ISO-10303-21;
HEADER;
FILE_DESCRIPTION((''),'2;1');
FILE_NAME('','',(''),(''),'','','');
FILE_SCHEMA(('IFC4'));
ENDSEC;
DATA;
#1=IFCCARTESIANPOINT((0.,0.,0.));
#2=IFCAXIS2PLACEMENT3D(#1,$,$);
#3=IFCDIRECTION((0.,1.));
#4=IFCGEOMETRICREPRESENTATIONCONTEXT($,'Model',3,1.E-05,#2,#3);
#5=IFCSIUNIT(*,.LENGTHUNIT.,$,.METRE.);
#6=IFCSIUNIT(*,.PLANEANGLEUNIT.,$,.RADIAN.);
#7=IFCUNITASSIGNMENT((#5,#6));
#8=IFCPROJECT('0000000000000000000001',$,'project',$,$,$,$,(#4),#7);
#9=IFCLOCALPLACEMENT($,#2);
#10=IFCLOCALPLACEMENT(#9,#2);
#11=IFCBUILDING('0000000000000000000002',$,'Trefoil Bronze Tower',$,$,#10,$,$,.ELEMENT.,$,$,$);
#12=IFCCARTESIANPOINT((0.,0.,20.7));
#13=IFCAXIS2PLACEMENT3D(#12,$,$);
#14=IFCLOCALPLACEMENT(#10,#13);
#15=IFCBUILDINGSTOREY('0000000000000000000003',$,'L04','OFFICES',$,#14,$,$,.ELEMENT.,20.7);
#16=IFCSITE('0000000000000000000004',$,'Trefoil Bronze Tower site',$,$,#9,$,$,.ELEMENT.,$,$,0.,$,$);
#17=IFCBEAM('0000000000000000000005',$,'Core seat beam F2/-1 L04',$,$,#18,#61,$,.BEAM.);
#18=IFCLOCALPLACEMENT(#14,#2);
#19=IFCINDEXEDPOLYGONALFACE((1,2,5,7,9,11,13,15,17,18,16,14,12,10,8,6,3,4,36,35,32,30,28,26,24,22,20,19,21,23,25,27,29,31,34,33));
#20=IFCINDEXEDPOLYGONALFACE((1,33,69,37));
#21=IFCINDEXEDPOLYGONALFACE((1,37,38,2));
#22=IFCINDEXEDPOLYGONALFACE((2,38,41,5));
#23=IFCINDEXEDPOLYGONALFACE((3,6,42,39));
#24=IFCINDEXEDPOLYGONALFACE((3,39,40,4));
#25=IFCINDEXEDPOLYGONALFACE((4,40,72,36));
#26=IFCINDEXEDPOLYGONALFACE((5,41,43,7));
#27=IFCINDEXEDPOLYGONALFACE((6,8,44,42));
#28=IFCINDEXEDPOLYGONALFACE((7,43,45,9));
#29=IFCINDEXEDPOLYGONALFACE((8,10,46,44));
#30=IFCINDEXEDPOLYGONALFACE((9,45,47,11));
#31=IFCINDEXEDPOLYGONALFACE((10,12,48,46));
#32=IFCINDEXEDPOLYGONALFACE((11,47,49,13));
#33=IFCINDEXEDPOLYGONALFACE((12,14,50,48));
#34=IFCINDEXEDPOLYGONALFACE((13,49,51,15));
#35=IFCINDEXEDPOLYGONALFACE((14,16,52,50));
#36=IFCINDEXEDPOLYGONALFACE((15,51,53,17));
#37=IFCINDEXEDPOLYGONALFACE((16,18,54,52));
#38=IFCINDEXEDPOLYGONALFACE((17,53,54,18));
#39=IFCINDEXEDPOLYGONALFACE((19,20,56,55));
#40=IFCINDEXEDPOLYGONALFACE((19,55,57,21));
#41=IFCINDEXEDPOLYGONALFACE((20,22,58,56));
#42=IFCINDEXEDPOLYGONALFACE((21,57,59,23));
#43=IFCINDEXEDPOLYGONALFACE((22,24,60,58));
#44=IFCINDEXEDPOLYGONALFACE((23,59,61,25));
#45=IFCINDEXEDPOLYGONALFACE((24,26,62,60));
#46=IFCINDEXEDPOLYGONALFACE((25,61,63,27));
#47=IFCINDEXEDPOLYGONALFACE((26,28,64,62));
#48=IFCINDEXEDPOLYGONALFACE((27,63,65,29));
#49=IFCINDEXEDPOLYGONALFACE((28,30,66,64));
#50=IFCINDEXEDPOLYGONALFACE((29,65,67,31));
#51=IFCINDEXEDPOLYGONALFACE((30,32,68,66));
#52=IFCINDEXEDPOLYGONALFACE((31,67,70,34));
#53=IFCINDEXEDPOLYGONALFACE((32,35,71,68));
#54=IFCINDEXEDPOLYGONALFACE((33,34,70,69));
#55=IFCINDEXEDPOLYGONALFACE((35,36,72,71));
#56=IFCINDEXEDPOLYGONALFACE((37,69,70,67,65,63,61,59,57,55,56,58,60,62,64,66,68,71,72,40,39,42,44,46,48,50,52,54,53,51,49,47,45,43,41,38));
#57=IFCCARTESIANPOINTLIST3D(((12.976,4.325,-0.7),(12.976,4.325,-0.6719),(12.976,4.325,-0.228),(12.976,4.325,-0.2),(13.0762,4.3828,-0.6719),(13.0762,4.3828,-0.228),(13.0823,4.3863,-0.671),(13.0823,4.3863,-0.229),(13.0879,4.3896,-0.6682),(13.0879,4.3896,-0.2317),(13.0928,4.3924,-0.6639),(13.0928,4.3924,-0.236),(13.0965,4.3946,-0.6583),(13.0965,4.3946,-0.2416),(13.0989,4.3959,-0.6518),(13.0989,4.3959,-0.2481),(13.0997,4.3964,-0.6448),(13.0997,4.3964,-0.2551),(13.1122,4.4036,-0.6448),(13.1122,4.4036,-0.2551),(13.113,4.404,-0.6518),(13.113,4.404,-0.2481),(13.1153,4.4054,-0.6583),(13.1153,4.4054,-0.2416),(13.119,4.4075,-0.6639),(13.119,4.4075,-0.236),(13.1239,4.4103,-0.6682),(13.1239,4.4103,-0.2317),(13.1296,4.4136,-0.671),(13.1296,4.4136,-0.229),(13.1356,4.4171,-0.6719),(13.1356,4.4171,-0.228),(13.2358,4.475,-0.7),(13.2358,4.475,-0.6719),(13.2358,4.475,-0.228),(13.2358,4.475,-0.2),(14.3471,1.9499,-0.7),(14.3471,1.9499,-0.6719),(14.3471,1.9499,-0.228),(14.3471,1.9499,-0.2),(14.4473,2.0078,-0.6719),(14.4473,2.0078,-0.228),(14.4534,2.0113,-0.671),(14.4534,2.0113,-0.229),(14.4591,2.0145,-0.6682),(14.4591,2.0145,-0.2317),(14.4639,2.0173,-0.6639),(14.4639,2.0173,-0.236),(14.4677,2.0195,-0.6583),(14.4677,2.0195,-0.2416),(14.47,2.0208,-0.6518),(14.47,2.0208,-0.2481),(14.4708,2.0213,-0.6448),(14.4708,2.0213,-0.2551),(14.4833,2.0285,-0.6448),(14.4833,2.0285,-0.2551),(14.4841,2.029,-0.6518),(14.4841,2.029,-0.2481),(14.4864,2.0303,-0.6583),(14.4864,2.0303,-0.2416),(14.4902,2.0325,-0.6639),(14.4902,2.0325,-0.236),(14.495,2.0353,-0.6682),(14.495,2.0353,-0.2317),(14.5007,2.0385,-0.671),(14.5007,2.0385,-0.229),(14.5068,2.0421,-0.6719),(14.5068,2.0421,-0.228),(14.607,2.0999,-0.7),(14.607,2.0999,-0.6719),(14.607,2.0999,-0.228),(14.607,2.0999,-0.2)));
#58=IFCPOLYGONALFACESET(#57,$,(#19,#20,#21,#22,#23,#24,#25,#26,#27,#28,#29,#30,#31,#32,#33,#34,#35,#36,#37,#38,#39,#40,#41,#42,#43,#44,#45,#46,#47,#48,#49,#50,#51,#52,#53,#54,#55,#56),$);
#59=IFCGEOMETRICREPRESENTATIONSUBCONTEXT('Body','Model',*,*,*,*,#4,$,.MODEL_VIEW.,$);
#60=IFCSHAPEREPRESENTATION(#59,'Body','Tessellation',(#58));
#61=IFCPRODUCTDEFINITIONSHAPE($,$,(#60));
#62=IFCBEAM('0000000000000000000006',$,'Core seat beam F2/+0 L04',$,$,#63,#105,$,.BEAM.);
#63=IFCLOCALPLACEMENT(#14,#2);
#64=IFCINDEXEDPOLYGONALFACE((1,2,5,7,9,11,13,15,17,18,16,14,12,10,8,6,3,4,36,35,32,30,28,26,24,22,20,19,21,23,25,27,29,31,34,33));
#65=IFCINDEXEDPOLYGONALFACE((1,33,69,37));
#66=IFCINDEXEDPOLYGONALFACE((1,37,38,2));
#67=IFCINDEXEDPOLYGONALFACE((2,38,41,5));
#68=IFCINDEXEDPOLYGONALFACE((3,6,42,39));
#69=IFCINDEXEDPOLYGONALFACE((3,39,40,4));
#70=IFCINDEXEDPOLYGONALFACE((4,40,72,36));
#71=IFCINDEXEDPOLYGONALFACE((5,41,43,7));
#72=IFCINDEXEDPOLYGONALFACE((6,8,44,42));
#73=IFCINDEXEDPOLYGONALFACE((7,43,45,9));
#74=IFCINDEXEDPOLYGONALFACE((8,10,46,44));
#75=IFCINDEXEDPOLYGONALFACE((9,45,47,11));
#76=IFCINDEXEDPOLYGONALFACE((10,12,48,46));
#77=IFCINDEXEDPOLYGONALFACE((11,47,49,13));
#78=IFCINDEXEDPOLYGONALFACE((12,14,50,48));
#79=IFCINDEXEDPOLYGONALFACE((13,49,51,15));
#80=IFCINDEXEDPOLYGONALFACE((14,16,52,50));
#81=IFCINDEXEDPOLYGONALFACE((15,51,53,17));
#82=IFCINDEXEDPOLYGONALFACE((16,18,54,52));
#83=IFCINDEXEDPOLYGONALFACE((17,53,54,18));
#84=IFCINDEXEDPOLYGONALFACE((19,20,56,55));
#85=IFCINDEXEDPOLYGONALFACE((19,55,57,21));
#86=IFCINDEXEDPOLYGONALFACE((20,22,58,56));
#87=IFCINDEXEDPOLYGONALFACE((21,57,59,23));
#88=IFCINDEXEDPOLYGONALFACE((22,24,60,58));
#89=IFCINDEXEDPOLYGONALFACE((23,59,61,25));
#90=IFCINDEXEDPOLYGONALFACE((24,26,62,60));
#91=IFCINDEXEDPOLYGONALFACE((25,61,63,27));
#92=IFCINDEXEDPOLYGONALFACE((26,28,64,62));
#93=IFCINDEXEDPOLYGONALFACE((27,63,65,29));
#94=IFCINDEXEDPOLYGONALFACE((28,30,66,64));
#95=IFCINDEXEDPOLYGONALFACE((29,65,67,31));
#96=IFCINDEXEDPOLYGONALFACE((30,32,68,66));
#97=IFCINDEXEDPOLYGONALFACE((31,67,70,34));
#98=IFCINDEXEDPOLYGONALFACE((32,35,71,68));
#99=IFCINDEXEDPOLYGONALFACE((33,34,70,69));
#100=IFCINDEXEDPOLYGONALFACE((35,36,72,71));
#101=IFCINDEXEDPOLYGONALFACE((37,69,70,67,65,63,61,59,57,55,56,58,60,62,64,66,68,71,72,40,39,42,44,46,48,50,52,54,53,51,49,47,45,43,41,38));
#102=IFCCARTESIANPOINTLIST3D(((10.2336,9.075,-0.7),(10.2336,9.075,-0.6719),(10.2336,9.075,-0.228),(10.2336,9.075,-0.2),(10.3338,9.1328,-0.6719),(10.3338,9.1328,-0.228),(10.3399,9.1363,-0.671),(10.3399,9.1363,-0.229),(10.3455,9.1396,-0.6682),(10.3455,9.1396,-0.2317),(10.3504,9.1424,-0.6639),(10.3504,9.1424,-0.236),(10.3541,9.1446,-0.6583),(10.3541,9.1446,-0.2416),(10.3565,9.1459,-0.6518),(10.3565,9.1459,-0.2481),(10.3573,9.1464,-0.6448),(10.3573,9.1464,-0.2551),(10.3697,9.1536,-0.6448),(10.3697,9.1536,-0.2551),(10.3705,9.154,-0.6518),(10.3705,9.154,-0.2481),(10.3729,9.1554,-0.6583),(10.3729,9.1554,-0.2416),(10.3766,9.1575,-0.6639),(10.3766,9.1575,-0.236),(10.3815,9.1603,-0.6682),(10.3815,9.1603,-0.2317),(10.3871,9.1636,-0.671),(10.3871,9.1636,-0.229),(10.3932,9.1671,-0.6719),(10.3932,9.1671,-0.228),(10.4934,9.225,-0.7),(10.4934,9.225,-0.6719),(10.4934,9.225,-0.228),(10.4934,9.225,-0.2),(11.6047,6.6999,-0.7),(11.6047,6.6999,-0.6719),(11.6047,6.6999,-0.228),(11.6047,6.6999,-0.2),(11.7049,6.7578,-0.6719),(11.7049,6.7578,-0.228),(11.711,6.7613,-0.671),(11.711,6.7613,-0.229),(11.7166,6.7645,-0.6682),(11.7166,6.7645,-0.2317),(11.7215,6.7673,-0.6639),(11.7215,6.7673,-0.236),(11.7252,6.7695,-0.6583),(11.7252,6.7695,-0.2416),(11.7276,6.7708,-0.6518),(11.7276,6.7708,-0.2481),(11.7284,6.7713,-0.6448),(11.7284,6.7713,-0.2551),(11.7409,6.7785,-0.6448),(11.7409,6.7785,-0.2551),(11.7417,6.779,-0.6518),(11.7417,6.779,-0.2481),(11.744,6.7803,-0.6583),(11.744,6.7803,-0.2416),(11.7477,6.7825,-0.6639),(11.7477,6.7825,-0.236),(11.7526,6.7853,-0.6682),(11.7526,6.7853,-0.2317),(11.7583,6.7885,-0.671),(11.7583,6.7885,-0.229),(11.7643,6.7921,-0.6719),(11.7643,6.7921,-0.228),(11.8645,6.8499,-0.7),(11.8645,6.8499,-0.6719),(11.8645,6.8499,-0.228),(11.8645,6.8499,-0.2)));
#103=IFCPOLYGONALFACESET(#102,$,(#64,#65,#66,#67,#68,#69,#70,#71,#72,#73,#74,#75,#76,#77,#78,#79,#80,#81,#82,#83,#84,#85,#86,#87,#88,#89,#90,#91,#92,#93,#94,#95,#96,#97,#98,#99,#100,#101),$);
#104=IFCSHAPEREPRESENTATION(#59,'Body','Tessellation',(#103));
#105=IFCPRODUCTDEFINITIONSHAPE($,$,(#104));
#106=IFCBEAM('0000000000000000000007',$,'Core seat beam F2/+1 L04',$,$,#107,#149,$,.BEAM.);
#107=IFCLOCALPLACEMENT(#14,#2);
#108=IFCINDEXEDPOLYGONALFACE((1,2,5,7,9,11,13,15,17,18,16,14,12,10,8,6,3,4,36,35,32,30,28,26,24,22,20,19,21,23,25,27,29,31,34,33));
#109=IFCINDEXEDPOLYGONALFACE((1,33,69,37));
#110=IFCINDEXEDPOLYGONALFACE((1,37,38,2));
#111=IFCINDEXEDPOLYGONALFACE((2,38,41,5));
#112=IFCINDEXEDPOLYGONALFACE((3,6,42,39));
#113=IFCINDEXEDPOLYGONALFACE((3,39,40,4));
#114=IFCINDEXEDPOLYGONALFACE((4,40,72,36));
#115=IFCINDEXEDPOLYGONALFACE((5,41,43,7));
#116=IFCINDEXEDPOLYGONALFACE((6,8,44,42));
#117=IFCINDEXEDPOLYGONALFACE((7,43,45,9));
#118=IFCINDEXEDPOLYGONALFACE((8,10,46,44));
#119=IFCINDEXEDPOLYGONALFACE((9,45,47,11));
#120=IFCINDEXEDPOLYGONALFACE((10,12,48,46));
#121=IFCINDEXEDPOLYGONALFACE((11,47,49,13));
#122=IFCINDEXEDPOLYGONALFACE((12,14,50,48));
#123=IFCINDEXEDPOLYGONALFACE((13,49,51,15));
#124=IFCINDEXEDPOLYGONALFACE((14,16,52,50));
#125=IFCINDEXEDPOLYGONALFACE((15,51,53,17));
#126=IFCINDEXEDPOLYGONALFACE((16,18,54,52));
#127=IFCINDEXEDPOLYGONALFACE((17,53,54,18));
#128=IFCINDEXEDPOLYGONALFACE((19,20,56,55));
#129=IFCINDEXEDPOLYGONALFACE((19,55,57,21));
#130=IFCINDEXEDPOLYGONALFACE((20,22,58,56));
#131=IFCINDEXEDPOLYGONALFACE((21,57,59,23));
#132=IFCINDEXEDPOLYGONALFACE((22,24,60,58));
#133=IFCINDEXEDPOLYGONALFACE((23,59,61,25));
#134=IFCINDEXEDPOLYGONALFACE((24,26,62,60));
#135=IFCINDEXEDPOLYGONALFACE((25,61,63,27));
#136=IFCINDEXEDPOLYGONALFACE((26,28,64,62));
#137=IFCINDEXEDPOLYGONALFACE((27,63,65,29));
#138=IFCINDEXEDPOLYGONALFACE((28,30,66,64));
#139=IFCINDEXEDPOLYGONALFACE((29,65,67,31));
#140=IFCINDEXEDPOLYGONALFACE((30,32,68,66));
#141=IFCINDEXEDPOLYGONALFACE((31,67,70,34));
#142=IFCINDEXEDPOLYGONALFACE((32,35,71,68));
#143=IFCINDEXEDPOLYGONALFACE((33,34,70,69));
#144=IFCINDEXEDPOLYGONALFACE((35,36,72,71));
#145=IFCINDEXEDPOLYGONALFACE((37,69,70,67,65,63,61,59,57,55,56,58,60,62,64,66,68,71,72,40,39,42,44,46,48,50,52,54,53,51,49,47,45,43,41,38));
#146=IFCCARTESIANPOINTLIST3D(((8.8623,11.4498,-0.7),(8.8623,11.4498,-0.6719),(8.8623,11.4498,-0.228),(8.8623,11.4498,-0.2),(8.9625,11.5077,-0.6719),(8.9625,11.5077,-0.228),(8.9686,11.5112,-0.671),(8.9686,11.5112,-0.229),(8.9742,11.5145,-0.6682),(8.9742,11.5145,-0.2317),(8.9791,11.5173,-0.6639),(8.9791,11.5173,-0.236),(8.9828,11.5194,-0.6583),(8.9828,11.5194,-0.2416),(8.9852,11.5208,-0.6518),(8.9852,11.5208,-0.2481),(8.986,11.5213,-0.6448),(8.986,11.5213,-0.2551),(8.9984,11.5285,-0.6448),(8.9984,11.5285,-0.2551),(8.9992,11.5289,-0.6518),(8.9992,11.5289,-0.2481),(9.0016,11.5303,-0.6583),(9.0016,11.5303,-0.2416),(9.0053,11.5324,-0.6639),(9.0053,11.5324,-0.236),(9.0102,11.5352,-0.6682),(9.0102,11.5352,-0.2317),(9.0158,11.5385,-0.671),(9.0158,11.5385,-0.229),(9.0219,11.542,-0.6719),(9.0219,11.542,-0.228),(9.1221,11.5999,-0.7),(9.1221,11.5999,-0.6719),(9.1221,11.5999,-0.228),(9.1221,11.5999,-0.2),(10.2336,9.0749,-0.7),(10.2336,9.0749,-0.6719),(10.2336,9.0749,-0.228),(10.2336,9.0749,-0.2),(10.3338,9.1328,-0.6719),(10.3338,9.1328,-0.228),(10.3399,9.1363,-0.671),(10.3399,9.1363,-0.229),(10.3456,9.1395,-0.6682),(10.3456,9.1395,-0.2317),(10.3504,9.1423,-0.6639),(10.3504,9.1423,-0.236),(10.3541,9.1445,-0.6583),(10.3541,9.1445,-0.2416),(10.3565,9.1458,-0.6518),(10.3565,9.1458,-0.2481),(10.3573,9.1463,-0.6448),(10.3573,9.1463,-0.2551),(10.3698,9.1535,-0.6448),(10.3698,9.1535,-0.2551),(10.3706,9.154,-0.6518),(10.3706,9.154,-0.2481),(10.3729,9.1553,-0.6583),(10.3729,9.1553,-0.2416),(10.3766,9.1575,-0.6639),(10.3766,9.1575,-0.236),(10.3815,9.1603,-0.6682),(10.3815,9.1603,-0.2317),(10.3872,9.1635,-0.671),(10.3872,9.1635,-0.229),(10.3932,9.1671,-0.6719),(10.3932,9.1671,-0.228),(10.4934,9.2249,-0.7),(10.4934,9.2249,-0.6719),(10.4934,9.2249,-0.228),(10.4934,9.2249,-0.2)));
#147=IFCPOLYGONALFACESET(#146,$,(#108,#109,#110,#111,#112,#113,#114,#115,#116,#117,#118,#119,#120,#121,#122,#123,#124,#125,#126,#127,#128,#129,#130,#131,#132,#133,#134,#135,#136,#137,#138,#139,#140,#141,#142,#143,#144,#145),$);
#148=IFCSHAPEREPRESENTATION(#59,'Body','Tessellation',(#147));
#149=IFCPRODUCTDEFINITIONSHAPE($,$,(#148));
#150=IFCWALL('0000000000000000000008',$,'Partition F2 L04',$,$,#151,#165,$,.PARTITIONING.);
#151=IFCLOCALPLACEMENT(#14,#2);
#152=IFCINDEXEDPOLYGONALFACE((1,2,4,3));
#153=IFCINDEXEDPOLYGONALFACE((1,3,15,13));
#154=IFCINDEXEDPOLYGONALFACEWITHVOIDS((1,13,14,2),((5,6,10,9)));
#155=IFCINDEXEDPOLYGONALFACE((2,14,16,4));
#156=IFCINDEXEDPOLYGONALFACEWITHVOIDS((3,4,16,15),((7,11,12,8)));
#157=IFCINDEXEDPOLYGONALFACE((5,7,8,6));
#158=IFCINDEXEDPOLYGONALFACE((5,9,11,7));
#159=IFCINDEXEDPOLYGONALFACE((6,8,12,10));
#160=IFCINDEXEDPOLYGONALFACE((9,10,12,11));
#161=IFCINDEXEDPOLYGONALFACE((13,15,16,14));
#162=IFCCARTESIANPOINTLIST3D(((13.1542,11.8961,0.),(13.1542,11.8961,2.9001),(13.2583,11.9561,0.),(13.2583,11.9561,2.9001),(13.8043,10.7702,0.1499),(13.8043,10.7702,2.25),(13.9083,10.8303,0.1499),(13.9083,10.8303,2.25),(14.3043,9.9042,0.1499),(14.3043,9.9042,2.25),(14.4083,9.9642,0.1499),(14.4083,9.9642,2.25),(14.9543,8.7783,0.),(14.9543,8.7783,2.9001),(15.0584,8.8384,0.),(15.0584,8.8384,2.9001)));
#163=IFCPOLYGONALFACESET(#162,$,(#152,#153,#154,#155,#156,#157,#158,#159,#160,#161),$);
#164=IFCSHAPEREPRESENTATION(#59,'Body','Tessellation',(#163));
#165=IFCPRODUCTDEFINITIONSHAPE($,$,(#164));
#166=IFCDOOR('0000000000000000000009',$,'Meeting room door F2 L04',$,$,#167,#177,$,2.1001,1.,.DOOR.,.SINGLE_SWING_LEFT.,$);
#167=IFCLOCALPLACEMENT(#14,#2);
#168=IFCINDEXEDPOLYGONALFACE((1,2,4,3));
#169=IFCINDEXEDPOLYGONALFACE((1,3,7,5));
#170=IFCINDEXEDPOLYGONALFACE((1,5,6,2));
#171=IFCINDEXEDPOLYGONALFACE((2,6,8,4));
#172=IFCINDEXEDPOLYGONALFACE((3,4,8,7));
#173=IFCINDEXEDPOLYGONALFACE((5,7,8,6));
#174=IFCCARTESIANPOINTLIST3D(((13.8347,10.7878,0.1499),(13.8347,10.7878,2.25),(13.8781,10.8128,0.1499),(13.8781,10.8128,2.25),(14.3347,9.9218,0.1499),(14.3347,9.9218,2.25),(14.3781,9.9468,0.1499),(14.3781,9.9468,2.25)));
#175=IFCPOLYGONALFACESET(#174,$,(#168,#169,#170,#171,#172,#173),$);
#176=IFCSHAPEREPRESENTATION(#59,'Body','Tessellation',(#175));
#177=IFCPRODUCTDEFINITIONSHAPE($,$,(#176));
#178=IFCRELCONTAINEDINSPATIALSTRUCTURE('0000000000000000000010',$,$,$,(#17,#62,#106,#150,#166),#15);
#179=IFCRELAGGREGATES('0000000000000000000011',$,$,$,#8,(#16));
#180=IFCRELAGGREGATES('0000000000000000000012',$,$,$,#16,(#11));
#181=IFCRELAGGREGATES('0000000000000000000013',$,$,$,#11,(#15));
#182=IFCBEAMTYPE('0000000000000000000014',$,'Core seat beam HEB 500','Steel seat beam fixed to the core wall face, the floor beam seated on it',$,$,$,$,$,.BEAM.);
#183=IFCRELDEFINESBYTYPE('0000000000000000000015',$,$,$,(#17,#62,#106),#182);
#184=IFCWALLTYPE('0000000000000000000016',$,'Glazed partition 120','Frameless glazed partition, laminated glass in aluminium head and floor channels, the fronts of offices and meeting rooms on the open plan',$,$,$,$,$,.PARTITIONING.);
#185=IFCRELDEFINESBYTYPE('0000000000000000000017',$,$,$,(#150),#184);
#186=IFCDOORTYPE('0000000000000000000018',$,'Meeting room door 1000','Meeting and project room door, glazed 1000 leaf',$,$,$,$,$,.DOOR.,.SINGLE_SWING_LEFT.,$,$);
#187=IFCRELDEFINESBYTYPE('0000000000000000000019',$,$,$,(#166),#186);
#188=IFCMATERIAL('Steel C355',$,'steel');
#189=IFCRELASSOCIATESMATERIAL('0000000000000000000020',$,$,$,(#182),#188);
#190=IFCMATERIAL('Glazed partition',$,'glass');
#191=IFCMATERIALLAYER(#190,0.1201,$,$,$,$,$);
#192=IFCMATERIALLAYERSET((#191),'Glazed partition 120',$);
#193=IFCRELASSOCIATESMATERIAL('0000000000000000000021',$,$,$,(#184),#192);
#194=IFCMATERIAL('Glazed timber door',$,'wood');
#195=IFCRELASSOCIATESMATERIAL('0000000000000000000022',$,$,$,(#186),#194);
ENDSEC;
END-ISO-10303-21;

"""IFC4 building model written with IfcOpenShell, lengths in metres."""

from ifc_helpers import new_model, si_unit, direction, frame, frame_2d, origin, origin_2d, place, context, subcontext, project, spatial, rectangle, i_section, extrude, material, layer, layer_set, material_profile, profile_set, type_object, element, fill, save


model = new_model("IFC4")

# Units and contexts
model_context = context("Model", 3, precision=1e-05, world=origin(), true_north=direction((0.0, 1.0)))
body_context = subcontext(model_context, "Body", "Model", "MODEL_VIEW")
ifc_project = project(units=[si_unit("LENGTHUNIT", "METRE"), si_unit("PLANEANGLEUNIT", "RADIAN")], contexts=[model_context])

# Site, building, storey
site_placement = place(None, origin())
site = spatial("IfcSite", under=ifc_project, at=site_placement, Name="Trefoil Bronze Tower site", CompositionType="ELEMENT", RefElevation=0.0)
building_placement = place(site_placement, origin())
building = spatial("IfcBuilding", under=site, at=building_placement, Name="Trefoil Bronze Tower", CompositionType="ELEMENT")
storey_placement = place(building_placement, frame((0.0, 0.0, 20.7)))
storey = spatial("IfcBuildingStorey", under=building, at=storey_placement, Name="L04", Description="OFFICES", CompositionType="ELEMENT", Elevation=20.7)

# Beams
ifc_material_1 = material(Name="Steel C355", Category="steel")
ifc_material_profile = material_profile(ifc_material_1, i_section(OverallWidth=0.3, OverallDepth=0.5, WebThickness=0.0144, FlangeThickness=0.0281, FilletRadius=0.0271, at=origin_2d()), Name="HEB 500")
ifc_profile_set = profile_set([ifc_material_profile], Name="Steel C355")
beam_type = type_object("IfcBeamType", Name="Core seat beam HEB 500", Description="Steel seat beam fixed to the core wall face, the floor beam seated on it", PredefinedType="BEAM", material=ifc_profile_set)
for number, where, z_axis, x_axis, name in (
    (1, (14.4771, 2.0249, -0.45), (-0.499969, 0.866043, 0.0), (-0.866043, -0.499969, 0.0), "Core seat beam F2/-1 L04"),
    (2, (11.7346, 6.7749, -0.45), (-0.499969, 0.866043, 0.0), (-0.866043, -0.499969, 0.0), "Core seat beam F2/+0 L04"),
    (3, (10.3635, 9.1499, -0.45), (-0.500036, 0.866005, 0.0), (-0.866005, -0.500036, 0.0), "Core seat beam F2/+1 L04"),
):
    element("IfcBeam", number, at=place(storey_placement, frame(where, z_axis=z_axis, x_axis=x_axis)), inside=storey, type_object=beam_type, Name=name, PredefinedType="BEAM", context=body_context, shape_type="SweptSolid", body=[
        extrude(i_section(OverallWidth=0.3, OverallDepth=0.5, WebThickness=0.0144, FlangeThickness=0.0281, FilletRadius=0.0271, at=origin_2d()), origin(), (0.0, 0.0, 1.0), 2.7424),
    ])

# Wall, opening, door
ifc_material_2 = material(Name="Glazed partition", Category="glass")
ifc_layer_1 = layer(ifc_material_2, 0.1201)
ifc_layer_set_1 = layer_set([ifc_layer_1], Name="Glazed partition 120")
wall_type_1 = type_object("IfcWallType", Name="Glazed partition 120", Description="Frameless glazed partition, laminated glass in aluminium head and floor channels, the fronts of offices and meeting rooms on the open plan", PredefinedType="PARTITIONING", material=ifc_layer_set_1)
wall_1_placement = place(storey_placement, frame((15.0063, 8.8083, 0.0), z_axis=(0.0, 0.0, 1.0), x_axis=(-0.500012, 0.866018, 0.0)))
wall_1 = element("IfcWall", 4, at=wall_1_placement, inside=storey, type_object=wall_type_1, Name="Partition F2 L04", PredefinedType="PARTITIONING", context=body_context, shape_type="SweptSolid", body=[
    extrude(rectangle(XDim=3.6001, YDim=0.1201, at=frame_2d((1.8, 0.0))), origin(), (0.0, 0.0, 1.0), 2.9001),
])
opening_1_placement = place(wall_1_placement, frame((1.3, 0.0, 0.1499)))
opening_1 = element("IfcOpeningElement", 5, at=opening_1_placement, cuts=wall_1, PredefinedType="OPENING", context=body_context, shape_type="SweptSolid", body=[
    extrude(rectangle(XDim=1.0, YDim=2.1001, at=frame_2d((0.5, 1.05))), frame((0.0, 0.0701, 0.0), z_axis=(0.0, -1.0, 0.0), x_axis=(1.0, 0.0, 0.0)), (0.0, 0.0, 1.0), 0.1401),
])
ifc_material_3 = material(Name="Glazed timber door", Category="wood")
door_type_1 = type_object("IfcDoorType", Name="Meeting room door 1000", Description="Meeting and project room door, glazed 1000 leaf", OperationType="SINGLE_SWING_LEFT", PredefinedType="DOOR", material=ifc_material_3)
door_1_placement = place(opening_1_placement, origin())
door_1 = element("IfcDoor", 6, at=door_1_placement, inside=storey, type_object=door_type_1, Name="Meeting room door F2 L04", OperationType="SINGLE_SWING_LEFT", OverallHeight=2.1001, OverallWidth=1.0, PredefinedType="DOOR", context=body_context, shape_type="SweptSolid", body=[
    extrude(rectangle(XDim=1.0, YDim=2.1001, at=frame_2d((0.5, 1.05))), frame((0.0, 0.0249, 0.0), z_axis=(0.0, -1.0, 0.0), x_axis=(1.0, 0.0, 0.0)), (0.0, 0.0, 1.0), 0.05),
])
fill(opening_1, door_1)

save(model, "model.ifc")
